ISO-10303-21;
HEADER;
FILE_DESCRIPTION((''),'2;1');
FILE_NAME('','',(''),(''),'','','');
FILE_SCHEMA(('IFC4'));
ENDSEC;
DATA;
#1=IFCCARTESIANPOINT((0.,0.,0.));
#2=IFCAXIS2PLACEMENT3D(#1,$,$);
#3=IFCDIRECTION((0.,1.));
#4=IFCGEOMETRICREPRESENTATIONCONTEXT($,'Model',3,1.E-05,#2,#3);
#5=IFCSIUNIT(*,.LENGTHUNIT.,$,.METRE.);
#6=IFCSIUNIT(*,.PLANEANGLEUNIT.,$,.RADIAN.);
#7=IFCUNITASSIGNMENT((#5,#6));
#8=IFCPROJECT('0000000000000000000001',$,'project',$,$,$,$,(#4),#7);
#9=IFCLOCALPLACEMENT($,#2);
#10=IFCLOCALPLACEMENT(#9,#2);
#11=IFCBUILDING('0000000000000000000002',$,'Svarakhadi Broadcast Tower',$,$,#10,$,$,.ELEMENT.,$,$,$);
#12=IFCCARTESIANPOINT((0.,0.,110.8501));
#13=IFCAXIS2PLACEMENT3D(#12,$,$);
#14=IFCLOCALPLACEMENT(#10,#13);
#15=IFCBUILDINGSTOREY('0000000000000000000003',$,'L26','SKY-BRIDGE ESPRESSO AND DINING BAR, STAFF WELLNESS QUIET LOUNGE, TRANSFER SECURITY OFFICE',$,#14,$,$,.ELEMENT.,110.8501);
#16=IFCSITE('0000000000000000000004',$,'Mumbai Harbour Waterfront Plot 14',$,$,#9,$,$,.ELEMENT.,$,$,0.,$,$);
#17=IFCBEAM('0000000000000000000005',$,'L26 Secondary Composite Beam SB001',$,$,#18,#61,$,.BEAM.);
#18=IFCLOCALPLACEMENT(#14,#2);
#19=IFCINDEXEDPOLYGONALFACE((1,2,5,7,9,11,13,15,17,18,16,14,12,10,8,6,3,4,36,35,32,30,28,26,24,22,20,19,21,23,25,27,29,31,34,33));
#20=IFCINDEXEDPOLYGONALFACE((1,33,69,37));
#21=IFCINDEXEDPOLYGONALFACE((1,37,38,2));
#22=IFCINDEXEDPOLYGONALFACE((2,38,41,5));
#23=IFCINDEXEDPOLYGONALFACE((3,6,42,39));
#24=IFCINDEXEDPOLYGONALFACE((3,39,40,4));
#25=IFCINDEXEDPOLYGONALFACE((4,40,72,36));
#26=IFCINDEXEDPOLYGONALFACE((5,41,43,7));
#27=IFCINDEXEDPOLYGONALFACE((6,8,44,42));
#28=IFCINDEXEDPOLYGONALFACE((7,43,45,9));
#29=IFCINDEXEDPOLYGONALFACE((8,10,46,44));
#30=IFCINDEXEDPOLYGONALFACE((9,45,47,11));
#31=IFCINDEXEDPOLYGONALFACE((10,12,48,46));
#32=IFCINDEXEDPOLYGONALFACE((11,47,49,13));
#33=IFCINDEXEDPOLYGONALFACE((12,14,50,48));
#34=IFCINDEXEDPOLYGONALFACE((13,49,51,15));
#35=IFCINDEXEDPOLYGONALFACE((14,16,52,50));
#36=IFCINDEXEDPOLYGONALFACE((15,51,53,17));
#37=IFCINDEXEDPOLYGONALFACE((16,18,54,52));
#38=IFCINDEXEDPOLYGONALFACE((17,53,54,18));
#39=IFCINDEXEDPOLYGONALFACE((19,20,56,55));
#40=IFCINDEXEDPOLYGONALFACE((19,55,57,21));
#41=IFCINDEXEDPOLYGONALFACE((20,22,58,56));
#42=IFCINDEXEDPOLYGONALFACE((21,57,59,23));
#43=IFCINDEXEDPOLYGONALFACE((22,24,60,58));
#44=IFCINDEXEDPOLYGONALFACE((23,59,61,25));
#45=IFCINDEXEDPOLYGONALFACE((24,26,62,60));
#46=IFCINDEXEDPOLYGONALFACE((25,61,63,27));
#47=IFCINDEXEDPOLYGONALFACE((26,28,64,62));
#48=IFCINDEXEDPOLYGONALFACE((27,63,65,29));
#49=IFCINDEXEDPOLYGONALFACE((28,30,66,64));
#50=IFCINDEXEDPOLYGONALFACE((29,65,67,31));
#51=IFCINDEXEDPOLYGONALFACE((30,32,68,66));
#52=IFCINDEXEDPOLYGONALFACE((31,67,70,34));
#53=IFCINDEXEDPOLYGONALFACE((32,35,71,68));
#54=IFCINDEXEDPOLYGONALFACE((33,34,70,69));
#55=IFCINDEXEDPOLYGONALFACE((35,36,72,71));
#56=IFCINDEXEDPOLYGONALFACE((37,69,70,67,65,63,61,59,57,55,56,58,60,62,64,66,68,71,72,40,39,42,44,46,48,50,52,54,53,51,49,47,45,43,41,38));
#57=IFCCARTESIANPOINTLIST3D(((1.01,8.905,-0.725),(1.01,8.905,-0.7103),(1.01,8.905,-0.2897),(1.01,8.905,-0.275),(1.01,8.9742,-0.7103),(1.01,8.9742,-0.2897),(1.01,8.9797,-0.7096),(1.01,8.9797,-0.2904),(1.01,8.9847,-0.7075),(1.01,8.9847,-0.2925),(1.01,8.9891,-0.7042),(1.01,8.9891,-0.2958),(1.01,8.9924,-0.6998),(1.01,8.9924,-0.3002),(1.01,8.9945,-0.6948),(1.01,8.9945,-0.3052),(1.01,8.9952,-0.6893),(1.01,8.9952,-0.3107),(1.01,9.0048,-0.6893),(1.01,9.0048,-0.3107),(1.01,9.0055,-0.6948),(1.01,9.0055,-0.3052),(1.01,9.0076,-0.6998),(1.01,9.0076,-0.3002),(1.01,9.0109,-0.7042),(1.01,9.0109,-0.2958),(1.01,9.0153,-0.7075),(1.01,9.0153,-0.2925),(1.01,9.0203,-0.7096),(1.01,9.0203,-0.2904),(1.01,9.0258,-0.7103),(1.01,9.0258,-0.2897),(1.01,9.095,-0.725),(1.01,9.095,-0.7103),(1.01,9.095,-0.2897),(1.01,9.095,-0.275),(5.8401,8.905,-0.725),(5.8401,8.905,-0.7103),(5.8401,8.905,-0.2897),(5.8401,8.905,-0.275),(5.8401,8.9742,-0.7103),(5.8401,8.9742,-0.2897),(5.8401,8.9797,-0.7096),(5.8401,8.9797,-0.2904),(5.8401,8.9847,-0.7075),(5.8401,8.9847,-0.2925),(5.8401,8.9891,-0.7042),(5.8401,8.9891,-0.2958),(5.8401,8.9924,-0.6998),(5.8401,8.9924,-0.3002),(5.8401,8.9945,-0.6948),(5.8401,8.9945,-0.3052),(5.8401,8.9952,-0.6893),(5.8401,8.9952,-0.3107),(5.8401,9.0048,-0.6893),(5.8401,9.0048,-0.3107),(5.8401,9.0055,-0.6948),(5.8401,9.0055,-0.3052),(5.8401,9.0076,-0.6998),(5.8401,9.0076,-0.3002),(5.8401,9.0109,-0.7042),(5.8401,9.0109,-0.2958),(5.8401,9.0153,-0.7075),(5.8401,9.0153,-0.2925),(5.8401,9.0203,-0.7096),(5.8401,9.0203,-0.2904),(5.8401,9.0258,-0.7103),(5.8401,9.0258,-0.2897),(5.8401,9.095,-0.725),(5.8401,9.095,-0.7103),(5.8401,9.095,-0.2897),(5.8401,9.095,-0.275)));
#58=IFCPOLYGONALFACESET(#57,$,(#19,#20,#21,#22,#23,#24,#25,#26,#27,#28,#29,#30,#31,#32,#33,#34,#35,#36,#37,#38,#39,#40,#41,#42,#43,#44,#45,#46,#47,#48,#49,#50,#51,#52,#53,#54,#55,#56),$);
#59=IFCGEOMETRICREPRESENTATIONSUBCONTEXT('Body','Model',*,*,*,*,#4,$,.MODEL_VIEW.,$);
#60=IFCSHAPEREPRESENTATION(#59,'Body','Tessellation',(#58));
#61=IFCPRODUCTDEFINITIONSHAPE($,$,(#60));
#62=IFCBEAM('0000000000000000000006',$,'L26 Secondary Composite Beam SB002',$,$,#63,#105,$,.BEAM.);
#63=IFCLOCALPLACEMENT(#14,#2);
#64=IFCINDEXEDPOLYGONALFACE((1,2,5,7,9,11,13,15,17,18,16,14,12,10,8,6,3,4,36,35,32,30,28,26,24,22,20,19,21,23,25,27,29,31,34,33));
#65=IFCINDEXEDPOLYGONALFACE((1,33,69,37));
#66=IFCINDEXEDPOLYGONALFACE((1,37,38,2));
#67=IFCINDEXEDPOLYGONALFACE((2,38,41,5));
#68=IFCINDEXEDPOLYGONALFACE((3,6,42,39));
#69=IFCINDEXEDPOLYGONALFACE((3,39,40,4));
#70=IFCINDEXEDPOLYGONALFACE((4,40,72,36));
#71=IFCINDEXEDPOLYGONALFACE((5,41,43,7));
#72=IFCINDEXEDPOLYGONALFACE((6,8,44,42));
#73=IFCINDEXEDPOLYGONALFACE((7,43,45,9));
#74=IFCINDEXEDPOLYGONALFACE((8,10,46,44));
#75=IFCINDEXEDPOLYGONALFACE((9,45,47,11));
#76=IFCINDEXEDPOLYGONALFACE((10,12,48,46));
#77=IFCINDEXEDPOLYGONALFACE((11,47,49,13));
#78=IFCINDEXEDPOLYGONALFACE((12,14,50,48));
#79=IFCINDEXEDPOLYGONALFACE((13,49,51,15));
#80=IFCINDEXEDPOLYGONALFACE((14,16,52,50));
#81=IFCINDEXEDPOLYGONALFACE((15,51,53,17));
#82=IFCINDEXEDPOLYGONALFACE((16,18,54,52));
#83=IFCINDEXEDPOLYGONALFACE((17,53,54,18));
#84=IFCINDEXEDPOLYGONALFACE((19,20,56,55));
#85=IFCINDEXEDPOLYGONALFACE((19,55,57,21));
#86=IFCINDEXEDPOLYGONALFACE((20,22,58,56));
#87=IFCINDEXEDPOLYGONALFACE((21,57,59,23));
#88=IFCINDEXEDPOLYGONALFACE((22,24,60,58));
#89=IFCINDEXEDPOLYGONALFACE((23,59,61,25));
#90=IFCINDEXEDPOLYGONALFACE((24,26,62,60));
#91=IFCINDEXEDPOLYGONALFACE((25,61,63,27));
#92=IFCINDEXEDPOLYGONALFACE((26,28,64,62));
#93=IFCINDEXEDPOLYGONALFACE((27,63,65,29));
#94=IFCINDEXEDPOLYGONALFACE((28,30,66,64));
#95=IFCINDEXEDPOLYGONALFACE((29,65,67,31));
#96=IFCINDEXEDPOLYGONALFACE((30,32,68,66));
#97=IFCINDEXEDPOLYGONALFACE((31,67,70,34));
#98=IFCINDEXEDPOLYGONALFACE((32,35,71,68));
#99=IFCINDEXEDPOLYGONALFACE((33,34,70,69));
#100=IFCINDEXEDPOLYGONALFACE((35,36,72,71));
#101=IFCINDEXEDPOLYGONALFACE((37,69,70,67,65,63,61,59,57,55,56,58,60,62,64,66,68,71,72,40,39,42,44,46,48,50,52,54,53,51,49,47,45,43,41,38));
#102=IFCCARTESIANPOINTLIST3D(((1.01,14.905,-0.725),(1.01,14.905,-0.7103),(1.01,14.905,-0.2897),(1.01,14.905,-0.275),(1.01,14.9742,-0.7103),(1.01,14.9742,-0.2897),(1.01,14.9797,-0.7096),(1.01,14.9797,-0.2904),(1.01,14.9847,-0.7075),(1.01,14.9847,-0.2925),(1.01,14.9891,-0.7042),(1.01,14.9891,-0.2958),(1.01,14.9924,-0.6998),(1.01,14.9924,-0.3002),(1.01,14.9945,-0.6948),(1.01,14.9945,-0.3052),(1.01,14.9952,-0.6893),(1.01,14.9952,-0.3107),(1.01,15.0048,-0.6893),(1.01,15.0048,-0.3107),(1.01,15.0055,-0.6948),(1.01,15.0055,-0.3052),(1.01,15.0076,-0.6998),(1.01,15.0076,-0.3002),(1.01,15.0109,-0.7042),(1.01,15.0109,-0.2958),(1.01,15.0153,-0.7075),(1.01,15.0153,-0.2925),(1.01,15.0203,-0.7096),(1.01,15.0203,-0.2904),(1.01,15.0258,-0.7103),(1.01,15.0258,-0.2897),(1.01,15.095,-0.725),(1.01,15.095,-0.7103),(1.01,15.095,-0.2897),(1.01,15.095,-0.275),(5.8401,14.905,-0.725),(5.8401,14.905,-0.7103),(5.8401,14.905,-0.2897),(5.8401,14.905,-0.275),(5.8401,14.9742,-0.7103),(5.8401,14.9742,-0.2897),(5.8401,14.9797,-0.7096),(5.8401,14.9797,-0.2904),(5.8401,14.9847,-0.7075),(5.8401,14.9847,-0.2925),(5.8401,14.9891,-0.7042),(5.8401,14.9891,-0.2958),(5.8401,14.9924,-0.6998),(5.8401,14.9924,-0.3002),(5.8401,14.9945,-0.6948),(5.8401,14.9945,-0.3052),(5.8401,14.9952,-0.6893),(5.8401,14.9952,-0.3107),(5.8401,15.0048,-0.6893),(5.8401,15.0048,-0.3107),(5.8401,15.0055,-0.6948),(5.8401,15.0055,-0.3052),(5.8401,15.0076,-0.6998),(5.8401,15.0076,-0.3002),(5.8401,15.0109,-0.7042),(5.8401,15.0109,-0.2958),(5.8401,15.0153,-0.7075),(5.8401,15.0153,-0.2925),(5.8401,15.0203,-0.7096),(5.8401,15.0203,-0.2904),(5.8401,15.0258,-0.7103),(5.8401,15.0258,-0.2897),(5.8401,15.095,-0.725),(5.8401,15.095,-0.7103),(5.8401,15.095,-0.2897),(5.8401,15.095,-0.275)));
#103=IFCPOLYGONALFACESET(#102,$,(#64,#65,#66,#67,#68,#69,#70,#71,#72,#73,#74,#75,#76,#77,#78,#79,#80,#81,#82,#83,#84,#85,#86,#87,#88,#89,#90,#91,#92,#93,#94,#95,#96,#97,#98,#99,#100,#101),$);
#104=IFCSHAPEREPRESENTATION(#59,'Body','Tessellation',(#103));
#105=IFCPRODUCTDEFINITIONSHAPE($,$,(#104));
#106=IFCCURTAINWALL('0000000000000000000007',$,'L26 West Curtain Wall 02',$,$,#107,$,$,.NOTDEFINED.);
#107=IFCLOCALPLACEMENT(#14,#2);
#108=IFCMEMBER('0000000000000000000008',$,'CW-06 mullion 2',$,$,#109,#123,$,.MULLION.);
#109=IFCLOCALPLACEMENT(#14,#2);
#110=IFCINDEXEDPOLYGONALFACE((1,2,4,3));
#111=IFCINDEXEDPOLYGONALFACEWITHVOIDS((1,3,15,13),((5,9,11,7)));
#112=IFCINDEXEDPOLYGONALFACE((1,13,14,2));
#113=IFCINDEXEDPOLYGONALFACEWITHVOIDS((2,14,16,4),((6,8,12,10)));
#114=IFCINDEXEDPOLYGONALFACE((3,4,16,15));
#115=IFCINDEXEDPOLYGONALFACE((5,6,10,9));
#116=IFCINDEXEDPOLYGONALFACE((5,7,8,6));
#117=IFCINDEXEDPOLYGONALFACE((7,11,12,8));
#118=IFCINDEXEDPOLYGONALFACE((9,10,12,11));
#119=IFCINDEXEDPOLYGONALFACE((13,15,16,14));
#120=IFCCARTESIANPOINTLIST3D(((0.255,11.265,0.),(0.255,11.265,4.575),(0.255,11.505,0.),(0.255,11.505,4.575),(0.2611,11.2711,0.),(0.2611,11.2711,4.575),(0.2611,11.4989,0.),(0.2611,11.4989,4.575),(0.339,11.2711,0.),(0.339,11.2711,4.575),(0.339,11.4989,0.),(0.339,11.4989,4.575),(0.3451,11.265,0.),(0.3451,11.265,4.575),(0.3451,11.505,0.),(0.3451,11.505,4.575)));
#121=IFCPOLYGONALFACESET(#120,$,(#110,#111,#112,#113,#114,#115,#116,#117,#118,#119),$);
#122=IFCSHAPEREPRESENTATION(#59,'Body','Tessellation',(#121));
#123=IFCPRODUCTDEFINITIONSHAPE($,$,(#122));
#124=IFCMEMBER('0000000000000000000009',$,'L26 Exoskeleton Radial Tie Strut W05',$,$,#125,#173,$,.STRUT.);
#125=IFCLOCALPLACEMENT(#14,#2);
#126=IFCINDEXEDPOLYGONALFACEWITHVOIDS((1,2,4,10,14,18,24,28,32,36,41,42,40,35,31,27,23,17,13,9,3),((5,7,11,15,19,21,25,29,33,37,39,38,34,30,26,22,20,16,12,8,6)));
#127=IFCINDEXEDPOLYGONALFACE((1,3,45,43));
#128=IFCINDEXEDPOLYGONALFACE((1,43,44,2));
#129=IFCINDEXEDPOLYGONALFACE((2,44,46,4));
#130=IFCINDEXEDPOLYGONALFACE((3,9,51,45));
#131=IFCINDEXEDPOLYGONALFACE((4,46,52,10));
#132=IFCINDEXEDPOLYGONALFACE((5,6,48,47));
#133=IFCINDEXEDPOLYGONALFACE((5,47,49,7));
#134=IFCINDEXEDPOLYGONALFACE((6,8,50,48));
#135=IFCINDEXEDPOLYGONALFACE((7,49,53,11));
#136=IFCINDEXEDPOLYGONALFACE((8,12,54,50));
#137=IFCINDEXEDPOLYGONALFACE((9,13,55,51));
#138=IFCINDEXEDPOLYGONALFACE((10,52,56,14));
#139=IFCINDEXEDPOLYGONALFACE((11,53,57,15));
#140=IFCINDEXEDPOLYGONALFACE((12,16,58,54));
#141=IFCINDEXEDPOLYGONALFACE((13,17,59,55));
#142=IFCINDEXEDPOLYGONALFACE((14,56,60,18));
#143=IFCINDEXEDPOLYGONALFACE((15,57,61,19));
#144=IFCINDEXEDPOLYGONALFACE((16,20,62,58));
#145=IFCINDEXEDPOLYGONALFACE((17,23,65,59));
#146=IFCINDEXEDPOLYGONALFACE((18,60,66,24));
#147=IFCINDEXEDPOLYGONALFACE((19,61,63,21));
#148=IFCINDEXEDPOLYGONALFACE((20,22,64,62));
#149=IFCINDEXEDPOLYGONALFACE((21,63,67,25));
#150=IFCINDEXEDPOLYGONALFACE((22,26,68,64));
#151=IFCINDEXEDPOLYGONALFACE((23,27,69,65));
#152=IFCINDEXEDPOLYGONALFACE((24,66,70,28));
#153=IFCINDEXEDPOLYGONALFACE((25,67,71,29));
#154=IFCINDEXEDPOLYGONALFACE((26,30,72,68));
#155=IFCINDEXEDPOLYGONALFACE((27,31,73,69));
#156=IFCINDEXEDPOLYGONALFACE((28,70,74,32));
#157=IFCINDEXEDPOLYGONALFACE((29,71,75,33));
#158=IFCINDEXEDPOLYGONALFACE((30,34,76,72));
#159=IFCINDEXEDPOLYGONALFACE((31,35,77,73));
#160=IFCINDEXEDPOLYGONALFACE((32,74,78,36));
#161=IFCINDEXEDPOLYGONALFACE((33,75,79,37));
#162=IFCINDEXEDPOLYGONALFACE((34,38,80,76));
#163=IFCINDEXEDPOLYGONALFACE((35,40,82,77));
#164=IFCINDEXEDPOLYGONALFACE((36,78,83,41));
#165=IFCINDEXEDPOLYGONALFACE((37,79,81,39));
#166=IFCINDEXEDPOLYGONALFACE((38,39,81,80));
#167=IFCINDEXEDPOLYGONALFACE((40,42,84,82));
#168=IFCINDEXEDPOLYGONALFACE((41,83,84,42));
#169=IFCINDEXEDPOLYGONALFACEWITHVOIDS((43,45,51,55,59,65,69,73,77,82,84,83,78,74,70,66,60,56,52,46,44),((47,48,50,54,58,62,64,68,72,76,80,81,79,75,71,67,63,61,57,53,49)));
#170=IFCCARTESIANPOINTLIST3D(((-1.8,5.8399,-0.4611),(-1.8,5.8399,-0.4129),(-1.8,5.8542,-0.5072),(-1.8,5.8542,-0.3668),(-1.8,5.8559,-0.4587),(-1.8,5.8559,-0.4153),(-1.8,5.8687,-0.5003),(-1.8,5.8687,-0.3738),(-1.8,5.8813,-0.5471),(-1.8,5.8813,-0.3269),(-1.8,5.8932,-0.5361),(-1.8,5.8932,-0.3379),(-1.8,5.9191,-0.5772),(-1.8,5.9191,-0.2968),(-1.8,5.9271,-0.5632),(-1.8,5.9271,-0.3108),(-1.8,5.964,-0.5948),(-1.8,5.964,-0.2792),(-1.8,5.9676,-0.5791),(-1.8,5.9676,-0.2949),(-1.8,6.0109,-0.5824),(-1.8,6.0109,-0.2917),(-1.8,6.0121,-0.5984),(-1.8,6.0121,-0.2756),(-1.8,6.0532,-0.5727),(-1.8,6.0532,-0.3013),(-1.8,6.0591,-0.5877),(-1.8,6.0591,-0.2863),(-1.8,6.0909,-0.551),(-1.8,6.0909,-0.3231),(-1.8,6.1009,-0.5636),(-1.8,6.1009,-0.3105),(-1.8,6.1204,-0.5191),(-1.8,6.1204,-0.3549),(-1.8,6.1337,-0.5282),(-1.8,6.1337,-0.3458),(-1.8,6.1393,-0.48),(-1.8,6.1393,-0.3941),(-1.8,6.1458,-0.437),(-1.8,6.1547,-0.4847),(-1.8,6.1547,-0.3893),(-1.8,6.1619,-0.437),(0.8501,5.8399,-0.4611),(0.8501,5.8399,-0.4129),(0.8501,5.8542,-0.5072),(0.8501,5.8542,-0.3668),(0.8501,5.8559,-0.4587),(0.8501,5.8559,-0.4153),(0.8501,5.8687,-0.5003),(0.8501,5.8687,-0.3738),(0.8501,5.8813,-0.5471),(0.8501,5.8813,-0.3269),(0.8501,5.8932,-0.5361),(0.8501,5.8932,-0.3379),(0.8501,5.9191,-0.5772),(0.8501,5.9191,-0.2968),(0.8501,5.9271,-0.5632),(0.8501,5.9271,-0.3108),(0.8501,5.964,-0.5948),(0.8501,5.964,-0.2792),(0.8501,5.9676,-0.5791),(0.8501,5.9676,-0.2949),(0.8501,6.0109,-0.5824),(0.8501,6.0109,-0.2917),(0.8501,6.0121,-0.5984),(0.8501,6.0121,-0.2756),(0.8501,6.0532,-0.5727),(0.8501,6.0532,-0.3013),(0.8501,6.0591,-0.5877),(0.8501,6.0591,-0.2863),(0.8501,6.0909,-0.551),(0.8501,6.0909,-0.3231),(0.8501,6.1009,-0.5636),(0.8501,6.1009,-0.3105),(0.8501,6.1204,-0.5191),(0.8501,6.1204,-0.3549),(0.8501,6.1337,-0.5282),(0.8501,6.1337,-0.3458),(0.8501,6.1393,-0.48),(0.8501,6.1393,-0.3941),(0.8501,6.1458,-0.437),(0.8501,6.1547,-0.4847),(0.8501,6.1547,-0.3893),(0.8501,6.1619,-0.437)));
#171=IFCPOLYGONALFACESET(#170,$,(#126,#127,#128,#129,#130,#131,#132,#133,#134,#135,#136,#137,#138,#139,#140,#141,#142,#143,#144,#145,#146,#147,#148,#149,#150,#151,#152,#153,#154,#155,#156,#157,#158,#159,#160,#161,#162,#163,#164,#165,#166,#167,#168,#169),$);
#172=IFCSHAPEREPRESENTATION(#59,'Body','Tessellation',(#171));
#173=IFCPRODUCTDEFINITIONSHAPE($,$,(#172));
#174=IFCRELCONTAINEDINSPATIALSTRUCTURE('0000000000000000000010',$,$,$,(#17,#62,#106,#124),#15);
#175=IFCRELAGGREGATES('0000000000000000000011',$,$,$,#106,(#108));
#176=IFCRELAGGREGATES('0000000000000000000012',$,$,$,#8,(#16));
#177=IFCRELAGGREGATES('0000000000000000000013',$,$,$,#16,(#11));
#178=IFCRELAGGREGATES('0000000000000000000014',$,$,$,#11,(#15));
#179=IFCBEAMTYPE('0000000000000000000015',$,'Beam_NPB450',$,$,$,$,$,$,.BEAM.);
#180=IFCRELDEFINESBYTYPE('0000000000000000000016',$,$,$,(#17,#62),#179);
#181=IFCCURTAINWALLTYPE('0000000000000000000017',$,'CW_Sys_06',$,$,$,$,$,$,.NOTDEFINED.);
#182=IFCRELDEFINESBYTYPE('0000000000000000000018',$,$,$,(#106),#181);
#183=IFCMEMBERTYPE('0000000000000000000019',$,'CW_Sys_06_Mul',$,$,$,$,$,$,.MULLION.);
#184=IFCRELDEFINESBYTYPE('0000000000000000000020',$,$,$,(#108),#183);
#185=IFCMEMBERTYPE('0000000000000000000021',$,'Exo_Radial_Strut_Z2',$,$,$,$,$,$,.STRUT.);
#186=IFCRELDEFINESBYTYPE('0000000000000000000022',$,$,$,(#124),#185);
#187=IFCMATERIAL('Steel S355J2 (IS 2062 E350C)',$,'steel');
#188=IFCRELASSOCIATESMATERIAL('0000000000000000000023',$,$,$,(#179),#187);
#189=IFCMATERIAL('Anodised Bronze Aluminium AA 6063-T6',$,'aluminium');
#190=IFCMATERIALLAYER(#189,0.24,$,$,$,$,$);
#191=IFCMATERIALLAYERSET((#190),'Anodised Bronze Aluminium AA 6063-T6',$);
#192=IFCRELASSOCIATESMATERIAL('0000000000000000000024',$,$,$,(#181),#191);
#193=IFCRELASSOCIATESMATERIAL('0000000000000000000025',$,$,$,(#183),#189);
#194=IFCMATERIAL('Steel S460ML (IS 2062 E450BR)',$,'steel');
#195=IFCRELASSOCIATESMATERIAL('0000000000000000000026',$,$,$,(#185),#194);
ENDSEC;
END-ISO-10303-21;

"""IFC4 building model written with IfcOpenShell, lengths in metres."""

from ifc_helpers import new_model, si_unit, direction, frame, origin, origin_2d, place, context, subcontext, project, spatial, hollow_rectangle, hollow_circle, i_section, extrude, material, layer, layer_set, material_profile, profile_set, type_object, element, aggregate, save


model = new_model("IFC4")

# Units and contexts
model_context = context("Model", 3, precision=1e-05, world=origin(), true_north=direction((0.0, 1.0)))
body_context = subcontext(model_context, "Body", "Model", "MODEL_VIEW")
ifc_project = project(units=[si_unit("LENGTHUNIT", "METRE"), si_unit("PLANEANGLEUNIT", "RADIAN")], contexts=[model_context])

# Site, building, storey
site_placement = place(None, origin())
site = spatial("IfcSite", under=ifc_project, at=site_placement, Name="Mumbai Harbour Waterfront Plot 14", CompositionType="ELEMENT", RefElevation=0.0)
building_placement = place(site_placement, origin())
building = spatial("IfcBuilding", under=site, at=building_placement, Name="Svarakhadi Broadcast Tower", CompositionType="ELEMENT")
storey_placement = place(building_placement, frame((0.0, 0.0, 110.8501)))
storey = spatial("IfcBuildingStorey", under=building, at=storey_placement, Name="L26", Description="SKY-BRIDGE ESPRESSO AND DINING BAR, STAFF WELLNESS QUIET LOUNGE, TRANSFER SECURITY OFFICE", CompositionType="ELEMENT", Elevation=110.8501)

# Shared definitions
ifc_material_1 = material(Name="Steel S460ML (IS 2062 E450BR)", Category="steel")

# Beams
ifc_material_2 = material(Name="Steel S355J2 (IS 2062 E350C)", Category="steel")
ifc_material_profile_1 = material_profile(ifc_material_2, i_section(OverallWidth=0.1899, OverallDepth=0.45, WebThickness=0.0095, FlangeThickness=0.0146, FilletRadius=0.021, at=origin_2d()), Name="NPB 450x190x78")
ifc_profile_set_1 = profile_set([ifc_material_profile_1], Name="Steel S355J2 (IS 2062 E350C)")
beam_type_1 = type_object("IfcBeamType", Name="Beam_NPB450", PredefinedType="BEAM", material=ifc_profile_set_1)
for number, where, z_axis, x_axis, name in (
    (1, (1.01, 9.0, -0.5), (1.0, 0.0, 0.0), (0.0, 1.0, 0.0), "L26 Secondary Composite Beam SB001"),
    (2, (1.01, 15.0, -0.5), (1.0, 0.0, 0.0), (0.0, 1.0, 0.0), "L26 Secondary Composite Beam SB002"),
):
    element("IfcBeam", number, at=place(storey_placement, frame(where, z_axis=z_axis, x_axis=x_axis)), inside=storey, type_object=beam_type_1, Name=name, PredefinedType="BEAM", context=body_context, shape_type="SweptSolid", body=[
        extrude(i_section(OverallWidth=0.1899, OverallDepth=0.45, WebThickness=0.0095, FlangeThickness=0.0146, FilletRadius=0.021, at=origin_2d()), origin(), (0.0, 0.0, 1.0), 4.8301),
    ])

# Curtain wall, member
ifc_material_3 = material(Name="Anodised Bronze Aluminium AA 6063-T6", Category="aluminium")
ifc_layer_1 = layer(ifc_material_3, 0.24)
ifc_layer_set_1 = layer_set([ifc_layer_1], Name="Anodised Bronze Aluminium AA 6063-T6")
curtain_wall_type = type_object("IfcCurtainWallType", Name="CW_Sys_06", PredefinedType="NOTDEFINED", material=ifc_layer_set_1)
curtain_wall_placement = place(storey_placement, origin())
curtain_wall = element("IfcCurtainWall", 3, at=curtain_wall_placement, inside=storey, type_object=curtain_wall_type, Name="L26 West Curtain Wall 02", PredefinedType="NOTDEFINED")
ifc_material_profile_2 = material_profile(ifc_material_3, hollow_rectangle(XDim=0.0901, YDim=0.24, WallThickness=0.0061, at=origin_2d()), Name="ALU MULLION 240x90x6")
ifc_profile_set_2 = profile_set([ifc_material_profile_2], Name="Anodised Bronze Aluminium AA 6063-T6")
member_type_1 = type_object("IfcMemberType", Name="CW_Sys_06_Mul", PredefinedType="MULLION", material=ifc_profile_set_2)
member_placement = place(storey_placement, frame((0.3, 11.385, 0.0), z_axis=(0.0, 0.0, 1.0), x_axis=(-1.0, 0.0, 0.0)))
member = element("IfcMember", 4, at=member_placement, type_object=member_type_1, Name="CW-06 mullion 2", PredefinedType="MULLION", context=body_context, shape_type="SweptSolid", body=[
    extrude(hollow_rectangle(XDim=0.0901, YDim=0.24, WallThickness=0.0061, at=origin_2d()), origin(), (0.0, 0.0, 1.0), 4.575),
])

# Member
ifc_material_profile_3 = material_profile(ifc_material_1, hollow_circle(Radius=0.1619, WallThickness=0.0161, at=origin_2d()), Name="CHS 323.9x16")
ifc_profile_set_3 = profile_set([ifc_material_profile_3], Name="Steel S460ML (IS 2062 E450BR)")
member_type_2 = type_object("IfcMemberType", Name="Exo_Radial_Strut_Z2", PredefinedType="STRUT", material=ifc_profile_set_3)
for number, where, z_axis, x_axis, name in (
    (5, (-1.8, 6.0, -0.437), (1.0, 0.0, 0.0), (0.0, 1.0, 0.0), "L26 Exoskeleton Radial Tie Strut W05"),
):
    element("IfcMember", number, at=place(storey_placement, frame(where, z_axis=z_axis, x_axis=x_axis)), inside=storey, type_object=member_type_2, Name=name, PredefinedType="STRUT", context=body_context, shape_type="SweptSolid", body=[
        extrude(hollow_circle(Radius=0.1619, WallThickness=0.0161, at=origin_2d()), origin(), (0.0, 0.0, 1.0), 2.6501),
    ])

aggregate(curtain_wall, [member])

save(model, "model.ifc")
